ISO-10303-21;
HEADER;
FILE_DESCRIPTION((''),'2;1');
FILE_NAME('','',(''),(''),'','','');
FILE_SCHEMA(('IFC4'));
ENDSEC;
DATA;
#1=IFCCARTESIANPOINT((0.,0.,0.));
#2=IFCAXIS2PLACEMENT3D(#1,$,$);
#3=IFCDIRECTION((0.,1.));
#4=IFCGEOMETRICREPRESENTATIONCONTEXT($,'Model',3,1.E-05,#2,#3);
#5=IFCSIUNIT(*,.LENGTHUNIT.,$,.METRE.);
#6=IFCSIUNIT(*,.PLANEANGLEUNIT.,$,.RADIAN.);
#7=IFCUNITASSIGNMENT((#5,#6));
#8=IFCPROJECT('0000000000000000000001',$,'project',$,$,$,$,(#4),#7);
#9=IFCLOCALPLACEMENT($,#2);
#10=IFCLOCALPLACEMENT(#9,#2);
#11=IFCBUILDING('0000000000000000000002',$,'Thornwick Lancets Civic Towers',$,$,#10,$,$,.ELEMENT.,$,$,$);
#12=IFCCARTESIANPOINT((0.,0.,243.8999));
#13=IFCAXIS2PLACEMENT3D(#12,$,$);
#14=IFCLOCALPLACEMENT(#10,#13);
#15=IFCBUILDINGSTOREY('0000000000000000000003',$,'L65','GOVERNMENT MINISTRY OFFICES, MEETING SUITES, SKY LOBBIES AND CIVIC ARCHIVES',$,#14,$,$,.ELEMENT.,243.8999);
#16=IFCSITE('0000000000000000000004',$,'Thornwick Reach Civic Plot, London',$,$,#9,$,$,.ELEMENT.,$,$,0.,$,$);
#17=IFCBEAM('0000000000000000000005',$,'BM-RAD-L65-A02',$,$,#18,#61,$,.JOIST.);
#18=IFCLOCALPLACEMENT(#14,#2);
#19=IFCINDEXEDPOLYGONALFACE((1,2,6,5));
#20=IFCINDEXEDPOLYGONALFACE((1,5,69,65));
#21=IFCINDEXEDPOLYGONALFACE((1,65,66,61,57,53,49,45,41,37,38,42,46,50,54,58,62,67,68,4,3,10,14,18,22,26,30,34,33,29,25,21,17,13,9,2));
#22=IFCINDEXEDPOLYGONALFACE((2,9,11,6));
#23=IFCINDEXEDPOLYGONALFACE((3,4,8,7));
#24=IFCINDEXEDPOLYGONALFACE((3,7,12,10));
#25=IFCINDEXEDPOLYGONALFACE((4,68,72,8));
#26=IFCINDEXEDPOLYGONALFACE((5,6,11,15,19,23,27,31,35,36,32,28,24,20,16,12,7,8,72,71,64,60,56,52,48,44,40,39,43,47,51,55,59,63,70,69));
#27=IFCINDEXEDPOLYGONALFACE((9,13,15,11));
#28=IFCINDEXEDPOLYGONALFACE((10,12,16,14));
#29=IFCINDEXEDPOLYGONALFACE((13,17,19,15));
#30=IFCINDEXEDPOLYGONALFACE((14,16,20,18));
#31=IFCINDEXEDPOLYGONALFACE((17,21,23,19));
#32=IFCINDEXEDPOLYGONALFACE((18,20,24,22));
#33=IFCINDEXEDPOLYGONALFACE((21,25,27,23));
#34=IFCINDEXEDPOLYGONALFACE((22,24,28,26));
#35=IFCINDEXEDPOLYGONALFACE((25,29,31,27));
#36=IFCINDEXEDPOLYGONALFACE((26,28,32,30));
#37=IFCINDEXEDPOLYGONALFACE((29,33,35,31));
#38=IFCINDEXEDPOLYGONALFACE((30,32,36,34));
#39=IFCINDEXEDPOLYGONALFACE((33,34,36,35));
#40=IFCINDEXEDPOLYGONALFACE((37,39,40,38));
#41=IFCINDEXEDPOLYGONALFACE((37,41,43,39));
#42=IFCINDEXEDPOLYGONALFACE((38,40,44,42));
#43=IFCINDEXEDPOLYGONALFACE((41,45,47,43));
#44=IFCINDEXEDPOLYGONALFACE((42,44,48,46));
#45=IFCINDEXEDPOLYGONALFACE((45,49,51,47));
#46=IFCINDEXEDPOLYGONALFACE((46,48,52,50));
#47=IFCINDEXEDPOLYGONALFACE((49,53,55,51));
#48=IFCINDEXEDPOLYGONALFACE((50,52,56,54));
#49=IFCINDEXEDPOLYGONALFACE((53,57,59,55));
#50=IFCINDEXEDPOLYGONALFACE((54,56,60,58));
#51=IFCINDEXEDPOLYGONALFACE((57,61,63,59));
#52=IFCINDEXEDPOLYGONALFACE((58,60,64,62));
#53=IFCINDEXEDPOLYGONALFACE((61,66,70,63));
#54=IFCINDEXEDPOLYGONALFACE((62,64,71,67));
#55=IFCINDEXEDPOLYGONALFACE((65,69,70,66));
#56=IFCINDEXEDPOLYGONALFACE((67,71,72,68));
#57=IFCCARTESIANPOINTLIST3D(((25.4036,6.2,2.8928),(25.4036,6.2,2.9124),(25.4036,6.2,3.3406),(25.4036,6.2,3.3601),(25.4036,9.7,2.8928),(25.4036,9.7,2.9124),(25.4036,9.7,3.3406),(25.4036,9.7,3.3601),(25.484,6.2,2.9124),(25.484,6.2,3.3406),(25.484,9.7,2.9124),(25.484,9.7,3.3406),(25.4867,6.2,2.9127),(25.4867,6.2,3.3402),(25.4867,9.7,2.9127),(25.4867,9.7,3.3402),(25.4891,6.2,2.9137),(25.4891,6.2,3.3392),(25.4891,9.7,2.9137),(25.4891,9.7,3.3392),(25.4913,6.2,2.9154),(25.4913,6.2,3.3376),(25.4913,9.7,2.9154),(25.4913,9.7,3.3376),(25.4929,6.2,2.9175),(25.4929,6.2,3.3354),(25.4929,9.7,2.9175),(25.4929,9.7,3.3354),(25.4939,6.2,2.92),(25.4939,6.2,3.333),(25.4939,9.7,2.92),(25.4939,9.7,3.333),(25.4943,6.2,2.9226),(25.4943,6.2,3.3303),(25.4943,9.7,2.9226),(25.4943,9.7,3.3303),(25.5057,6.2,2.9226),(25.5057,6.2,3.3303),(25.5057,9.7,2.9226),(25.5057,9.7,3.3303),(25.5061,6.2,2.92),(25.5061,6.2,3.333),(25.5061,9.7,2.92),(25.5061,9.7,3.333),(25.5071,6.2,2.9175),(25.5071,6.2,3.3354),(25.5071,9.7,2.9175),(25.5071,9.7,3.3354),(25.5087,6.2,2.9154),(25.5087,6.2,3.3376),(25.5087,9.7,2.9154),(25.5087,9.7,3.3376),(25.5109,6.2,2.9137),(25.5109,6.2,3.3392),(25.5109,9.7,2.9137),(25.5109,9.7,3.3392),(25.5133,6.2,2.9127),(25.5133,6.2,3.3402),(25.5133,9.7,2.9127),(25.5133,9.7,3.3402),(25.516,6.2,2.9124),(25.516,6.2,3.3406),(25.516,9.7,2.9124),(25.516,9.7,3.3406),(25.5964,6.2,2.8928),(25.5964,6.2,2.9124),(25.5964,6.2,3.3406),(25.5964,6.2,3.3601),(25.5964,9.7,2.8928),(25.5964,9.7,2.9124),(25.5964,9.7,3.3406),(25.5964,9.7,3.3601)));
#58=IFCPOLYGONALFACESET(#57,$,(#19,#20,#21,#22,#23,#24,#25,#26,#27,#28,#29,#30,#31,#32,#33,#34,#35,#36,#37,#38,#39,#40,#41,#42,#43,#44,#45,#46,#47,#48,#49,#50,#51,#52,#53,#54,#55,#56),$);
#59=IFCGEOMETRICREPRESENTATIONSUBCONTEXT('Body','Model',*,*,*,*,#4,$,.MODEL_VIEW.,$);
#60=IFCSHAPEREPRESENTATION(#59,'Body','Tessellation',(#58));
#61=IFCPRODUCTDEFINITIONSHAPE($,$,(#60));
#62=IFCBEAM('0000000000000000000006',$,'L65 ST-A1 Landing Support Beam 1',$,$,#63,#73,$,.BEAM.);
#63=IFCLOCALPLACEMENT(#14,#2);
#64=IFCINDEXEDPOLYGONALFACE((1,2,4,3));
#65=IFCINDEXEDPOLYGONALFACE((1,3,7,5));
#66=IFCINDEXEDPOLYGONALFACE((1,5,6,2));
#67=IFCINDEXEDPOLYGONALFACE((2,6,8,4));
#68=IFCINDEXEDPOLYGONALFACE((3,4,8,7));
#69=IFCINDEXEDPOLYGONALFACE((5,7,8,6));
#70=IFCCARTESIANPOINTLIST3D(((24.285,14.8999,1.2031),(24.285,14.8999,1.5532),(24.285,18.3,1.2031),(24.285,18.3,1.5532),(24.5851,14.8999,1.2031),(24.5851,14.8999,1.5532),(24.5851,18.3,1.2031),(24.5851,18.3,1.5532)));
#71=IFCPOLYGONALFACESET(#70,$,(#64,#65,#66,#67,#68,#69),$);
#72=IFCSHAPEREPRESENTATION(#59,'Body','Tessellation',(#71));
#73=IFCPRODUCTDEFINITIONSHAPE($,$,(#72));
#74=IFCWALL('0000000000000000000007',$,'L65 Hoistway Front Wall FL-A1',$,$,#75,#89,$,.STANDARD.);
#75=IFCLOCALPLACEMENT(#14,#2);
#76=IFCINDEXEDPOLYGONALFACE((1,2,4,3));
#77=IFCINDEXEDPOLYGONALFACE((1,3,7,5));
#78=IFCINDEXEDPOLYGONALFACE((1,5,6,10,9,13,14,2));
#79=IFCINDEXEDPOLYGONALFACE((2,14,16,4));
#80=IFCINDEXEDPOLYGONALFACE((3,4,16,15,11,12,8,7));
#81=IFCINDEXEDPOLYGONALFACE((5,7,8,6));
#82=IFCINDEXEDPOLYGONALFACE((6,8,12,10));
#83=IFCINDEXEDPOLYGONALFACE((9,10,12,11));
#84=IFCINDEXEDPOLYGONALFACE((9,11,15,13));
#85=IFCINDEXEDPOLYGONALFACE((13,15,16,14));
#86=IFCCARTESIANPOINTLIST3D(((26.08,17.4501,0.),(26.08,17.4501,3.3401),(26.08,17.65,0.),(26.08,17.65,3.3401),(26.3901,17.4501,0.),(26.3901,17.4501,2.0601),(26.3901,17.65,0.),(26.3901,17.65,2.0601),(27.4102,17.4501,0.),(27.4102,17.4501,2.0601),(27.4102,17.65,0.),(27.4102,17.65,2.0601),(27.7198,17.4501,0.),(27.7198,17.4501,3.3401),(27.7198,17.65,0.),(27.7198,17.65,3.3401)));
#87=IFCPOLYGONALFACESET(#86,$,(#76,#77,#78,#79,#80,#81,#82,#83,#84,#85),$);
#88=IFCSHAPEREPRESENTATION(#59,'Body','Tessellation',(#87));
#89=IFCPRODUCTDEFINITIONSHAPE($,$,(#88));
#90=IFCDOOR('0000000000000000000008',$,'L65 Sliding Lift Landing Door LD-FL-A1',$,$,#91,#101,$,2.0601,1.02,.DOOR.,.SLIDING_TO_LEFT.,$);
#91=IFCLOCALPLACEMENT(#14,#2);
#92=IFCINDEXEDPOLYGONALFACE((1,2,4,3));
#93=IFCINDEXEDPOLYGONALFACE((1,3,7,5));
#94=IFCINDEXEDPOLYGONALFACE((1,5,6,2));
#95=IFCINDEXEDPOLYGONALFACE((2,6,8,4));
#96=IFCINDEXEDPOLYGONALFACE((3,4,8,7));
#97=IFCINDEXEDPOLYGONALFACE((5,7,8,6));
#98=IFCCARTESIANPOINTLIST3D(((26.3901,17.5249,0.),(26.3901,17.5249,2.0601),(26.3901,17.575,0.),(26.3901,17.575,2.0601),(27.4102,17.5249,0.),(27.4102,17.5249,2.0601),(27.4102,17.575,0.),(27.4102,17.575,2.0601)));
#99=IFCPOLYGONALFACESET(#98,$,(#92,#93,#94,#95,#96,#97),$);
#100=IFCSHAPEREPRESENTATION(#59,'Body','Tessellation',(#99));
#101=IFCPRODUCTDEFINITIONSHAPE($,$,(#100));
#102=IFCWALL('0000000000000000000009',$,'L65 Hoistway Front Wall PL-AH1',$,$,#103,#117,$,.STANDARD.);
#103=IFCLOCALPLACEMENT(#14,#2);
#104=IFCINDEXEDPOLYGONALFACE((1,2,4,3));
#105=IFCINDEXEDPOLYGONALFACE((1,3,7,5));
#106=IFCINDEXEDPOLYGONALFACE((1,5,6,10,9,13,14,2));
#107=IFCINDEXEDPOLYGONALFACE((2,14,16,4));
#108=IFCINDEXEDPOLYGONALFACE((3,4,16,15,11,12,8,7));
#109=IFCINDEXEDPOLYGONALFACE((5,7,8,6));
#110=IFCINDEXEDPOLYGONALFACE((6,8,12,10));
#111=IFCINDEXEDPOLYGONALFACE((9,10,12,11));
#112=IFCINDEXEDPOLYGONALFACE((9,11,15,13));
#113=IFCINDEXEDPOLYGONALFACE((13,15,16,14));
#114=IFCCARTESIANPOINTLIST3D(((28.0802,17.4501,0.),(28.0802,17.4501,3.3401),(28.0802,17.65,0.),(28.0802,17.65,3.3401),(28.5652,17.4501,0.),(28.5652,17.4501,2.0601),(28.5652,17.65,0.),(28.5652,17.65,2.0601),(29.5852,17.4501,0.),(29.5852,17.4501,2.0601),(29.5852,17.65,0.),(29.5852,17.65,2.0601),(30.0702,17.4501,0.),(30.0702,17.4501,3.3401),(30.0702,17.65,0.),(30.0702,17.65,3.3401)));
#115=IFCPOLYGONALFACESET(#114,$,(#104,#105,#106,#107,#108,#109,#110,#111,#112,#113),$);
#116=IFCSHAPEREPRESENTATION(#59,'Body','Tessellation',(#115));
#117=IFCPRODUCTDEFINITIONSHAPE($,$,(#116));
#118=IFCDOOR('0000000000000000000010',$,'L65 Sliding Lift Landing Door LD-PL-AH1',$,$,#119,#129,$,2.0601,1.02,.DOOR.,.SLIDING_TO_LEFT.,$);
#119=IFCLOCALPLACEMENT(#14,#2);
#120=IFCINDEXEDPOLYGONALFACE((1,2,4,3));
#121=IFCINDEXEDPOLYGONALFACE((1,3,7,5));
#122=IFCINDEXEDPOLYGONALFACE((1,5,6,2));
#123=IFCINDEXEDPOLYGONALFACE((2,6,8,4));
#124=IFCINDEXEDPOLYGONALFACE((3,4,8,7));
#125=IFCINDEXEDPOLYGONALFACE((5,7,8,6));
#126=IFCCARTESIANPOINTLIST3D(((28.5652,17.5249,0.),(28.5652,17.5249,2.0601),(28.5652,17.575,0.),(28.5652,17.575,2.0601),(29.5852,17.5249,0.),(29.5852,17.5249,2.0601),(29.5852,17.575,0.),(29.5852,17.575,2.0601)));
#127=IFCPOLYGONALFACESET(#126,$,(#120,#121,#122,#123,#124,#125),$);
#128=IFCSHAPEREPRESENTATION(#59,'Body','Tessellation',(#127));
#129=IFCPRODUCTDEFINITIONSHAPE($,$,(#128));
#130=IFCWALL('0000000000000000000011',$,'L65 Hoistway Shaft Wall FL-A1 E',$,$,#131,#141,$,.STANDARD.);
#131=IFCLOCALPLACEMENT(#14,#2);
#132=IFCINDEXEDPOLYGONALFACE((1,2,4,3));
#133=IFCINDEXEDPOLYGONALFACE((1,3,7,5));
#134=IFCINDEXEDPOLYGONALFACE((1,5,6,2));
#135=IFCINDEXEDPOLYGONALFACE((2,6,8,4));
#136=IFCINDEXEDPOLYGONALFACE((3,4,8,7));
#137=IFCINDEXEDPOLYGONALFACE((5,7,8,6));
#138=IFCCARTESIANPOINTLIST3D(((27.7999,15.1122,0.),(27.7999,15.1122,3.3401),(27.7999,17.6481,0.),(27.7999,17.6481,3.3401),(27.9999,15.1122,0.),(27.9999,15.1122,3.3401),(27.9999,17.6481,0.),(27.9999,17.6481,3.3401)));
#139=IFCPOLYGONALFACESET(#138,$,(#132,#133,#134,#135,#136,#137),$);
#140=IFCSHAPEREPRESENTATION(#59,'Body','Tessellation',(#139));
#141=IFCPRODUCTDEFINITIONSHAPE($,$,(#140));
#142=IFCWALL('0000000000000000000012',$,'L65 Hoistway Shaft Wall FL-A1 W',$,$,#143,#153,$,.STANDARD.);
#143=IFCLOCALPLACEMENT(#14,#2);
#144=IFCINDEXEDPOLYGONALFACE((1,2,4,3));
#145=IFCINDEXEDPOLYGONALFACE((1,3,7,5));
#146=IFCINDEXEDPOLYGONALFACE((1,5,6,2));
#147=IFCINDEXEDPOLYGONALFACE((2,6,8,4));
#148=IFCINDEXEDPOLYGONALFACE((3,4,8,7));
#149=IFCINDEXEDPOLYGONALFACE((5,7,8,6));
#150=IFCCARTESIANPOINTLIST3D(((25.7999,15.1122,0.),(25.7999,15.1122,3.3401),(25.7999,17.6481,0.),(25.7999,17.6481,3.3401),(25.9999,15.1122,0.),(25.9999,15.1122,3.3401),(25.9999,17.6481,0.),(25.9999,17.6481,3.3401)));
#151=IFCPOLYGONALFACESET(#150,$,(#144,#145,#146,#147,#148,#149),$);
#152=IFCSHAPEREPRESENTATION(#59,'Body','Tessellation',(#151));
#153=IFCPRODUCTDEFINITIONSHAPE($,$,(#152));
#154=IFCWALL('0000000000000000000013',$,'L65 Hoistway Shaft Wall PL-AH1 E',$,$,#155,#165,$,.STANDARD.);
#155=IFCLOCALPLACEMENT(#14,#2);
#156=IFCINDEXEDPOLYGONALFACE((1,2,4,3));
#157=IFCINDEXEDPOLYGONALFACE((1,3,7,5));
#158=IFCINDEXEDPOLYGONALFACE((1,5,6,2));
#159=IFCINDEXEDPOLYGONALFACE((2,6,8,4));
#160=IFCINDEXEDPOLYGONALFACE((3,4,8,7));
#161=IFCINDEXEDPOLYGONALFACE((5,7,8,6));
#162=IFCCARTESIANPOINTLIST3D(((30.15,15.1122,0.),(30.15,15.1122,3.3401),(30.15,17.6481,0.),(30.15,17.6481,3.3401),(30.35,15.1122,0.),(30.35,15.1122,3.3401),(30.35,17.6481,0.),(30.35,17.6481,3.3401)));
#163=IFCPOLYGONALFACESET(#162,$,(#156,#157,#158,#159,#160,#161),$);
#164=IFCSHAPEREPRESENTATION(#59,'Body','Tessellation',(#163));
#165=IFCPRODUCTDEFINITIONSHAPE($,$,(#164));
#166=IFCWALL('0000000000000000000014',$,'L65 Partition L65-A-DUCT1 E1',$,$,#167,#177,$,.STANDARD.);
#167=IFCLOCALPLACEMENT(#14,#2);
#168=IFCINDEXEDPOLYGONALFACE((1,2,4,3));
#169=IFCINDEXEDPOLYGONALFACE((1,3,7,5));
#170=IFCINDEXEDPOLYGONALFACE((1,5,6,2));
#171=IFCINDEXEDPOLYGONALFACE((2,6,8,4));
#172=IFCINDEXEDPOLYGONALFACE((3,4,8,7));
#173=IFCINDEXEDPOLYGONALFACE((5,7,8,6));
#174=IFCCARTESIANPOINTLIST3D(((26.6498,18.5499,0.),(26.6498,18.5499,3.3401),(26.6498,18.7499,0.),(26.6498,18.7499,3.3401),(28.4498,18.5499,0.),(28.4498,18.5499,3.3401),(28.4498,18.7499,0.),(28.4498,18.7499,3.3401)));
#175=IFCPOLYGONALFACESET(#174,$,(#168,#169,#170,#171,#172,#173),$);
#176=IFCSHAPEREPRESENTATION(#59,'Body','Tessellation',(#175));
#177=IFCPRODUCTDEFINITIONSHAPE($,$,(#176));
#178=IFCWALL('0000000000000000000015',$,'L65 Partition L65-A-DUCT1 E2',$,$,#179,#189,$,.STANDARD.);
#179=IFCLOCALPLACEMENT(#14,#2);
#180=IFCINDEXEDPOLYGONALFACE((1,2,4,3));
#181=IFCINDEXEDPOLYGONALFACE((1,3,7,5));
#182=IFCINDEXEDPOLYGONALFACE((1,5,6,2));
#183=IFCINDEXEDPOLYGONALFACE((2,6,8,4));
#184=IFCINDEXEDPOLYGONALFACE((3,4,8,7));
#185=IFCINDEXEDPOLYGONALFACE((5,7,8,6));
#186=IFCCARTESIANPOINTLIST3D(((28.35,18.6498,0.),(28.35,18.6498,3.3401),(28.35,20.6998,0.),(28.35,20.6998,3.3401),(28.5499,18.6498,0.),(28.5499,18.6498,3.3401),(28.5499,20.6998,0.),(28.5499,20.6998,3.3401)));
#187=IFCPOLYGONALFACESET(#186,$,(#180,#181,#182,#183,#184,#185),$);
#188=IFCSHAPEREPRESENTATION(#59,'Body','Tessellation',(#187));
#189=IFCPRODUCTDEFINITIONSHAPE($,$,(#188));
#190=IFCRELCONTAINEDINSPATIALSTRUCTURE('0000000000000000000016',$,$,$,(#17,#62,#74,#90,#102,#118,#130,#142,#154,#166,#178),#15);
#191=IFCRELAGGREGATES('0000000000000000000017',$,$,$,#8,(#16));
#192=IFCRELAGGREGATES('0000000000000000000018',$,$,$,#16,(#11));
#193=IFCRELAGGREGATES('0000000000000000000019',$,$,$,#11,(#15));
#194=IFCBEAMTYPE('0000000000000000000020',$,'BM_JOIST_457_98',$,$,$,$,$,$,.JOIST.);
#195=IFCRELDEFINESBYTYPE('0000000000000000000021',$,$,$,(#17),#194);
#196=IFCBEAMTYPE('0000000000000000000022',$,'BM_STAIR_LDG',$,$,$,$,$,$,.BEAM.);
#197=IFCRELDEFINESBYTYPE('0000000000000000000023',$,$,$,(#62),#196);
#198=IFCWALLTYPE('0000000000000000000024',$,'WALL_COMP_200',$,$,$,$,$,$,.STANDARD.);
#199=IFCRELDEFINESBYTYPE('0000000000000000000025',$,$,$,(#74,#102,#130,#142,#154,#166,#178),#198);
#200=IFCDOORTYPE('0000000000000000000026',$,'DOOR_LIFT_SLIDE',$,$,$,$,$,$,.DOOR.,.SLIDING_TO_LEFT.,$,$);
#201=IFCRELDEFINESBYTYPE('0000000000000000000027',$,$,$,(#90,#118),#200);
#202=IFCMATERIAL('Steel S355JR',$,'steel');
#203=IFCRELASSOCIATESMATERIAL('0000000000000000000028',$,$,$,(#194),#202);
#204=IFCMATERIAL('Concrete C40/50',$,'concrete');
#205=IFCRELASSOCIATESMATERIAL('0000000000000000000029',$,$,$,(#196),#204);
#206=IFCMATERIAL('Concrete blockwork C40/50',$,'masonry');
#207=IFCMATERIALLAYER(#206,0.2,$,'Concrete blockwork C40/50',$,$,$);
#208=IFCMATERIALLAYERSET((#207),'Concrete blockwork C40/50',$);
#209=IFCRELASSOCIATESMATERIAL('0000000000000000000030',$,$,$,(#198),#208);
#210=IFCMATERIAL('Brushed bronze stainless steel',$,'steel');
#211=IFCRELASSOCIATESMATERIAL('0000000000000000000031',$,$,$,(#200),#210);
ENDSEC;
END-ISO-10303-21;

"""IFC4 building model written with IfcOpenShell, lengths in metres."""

from ifc_helpers import new_model, si_unit, direction, frame, frame_2d, origin, origin_2d, place, context, subcontext, project, spatial, rectangle, i_section, extrude, material, layer, layer_set, material_profile, profile_set, type_object, element, fill, save


model = new_model("IFC4")

# Units and contexts
model_context = context("Model", 3, precision=1e-05, world=origin(), true_north=direction((0.0, 1.0)))
body_context = subcontext(model_context, "Body", "Model", "MODEL_VIEW")
ifc_project = project(units=[si_unit("LENGTHUNIT", "METRE"), si_unit("PLANEANGLEUNIT", "RADIAN")], contexts=[model_context])

# Site, building, storey
site_placement = place(None, origin())
site = spatial("IfcSite", under=ifc_project, at=site_placement, Name="Thornwick Reach Civic Plot, London", CompositionType="ELEMENT", RefElevation=0.0)
building_placement = place(site_placement, origin())
building = spatial("IfcBuilding", under=site, at=building_placement, Name="Thornwick Lancets Civic Towers", CompositionType="ELEMENT")
storey_placement = place(building_placement, frame((0.0, 0.0, 243.8999)))
storey = spatial("IfcBuildingStorey", under=building, at=storey_placement, Name="L65", Description="GOVERNMENT MINISTRY OFFICES, MEETING SUITES, SKY LOBBIES AND CIVIC ARCHIVES", CompositionType="ELEMENT", Elevation=243.8999)

# Shared definitions
ifc_material_1 = material(Name="Steel S355JR", Category="steel")

# Beams
ifc_material_profile_1 = material_profile(ifc_material_1, i_section(OverallWidth=0.1929, OverallDepth=0.4673, WebThickness=0.0115, FlangeThickness=0.0195, FilletRadius=0.0103, at=origin_2d()), Name="UKB 457x191x98")
ifc_profile_set_1 = profile_set([ifc_material_profile_1], Name="Steel S355JR")
beam_type_1 = type_object("IfcBeamType", Name="BM_JOIST_457_98", PredefinedType="JOIST", material=ifc_profile_set_1)
beam_1_placement = place(storey_placement, frame((25.5, 9.7, 3.1265), z_axis=(0.0, -1.0, 0.0), x_axis=(1.0, 0.0, 0.0)))
element("IfcBeam", 1, at=beam_1_placement, inside=storey, type_object=beam_type_1, Name="BM-RAD-L65-A02", PredefinedType="JOIST", context=body_context, shape_type="SweptSolid", body=[
    extrude(i_section(OverallWidth=0.1929, OverallDepth=0.4673, WebThickness=0.0115, FlangeThickness=0.0195, FilletRadius=0.0103, at=origin_2d()), origin(), (0.0, 0.0, 1.0), 3.5),
])
ifc_material_2 = material(Name="Concrete C40/50", Category="concrete")
ifc_material_profile_2 = material_profile(ifc_material_2, rectangle(XDim=0.3, YDim=0.3501, at=origin_2d()), Name="RC 300x350")
ifc_profile_set_2 = profile_set([ifc_material_profile_2], Name="Concrete C40/50")
beam_type_2 = type_object("IfcBeamType", Name="BM_STAIR_LDG", PredefinedType="BEAM", material=ifc_profile_set_2)
beam_2_placement = place(storey_placement, frame((24.4351, 14.8999, 1.3782), z_axis=(0.0, 1.0, 0.0), x_axis=(-1.0, 0.0, 0.0)))
element("IfcBeam", 2, at=beam_2_placement, inside=storey, type_object=beam_type_2, Name="L65 ST-A1 Landing Support Beam 1", PredefinedType="BEAM", context=body_context, shape_type="SweptSolid", body=[
    extrude(rectangle(XDim=0.3, YDim=0.3501, at=origin_2d()), origin(), (0.0, 0.0, 1.0), 3.4001),
])

# Walls, openings, doors
ifc_material_3 = material(Name="Concrete blockwork C40/50", Category="masonry")
ifc_layer_1 = layer(ifc_material_3, 0.2, Name="Concrete blockwork C40/50")
ifc_layer_set_1 = layer_set([ifc_layer_1], Name="Concrete blockwork C40/50")
wall_type_1 = type_object("IfcWallType", Name="WALL_COMP_200", PredefinedType="STANDARD", material=ifc_layer_set_1)
wall_1_placement = place(storey_placement, frame((26.0801, 17.55, 0.0), z_axis=(0.0, 0.0, 1.0), x_axis=(1.0, 0.0, 0.0)))
wall_1 = element("IfcWall", 3, at=wall_1_placement, inside=storey, type_object=wall_type_1, Name="L65 Hoistway Front Wall FL-A1", PredefinedType="STANDARD", context=body_context, shape_type="SweptSolid", body=[
    extrude(rectangle(XDim=1.6399, YDim=0.2, at=frame_2d((0.8198, 0.0))), origin(), (0.0, 0.0, 1.0), 3.3401),
])
opening_1_placement = place(wall_1_placement, frame((0.3101, 0.0, 0.0)))
opening_1 = element("IfcOpeningElement", 4, at=opening_1_placement, cuts=wall_1, PredefinedType="OPENING", context=body_context, shape_type="SweptSolid", body=[
    extrude(rectangle(XDim=1.02, YDim=2.0601, at=frame_2d((0.51, 1.03))), frame((0.0, 0.1099, 0.0), z_axis=(0.0, -1.0, 0.0), x_axis=(1.0, 0.0, 0.0)), (0.0, 0.0, 1.0), 0.22),
])
ifc_material_4 = material(Name="Brushed bronze stainless steel", Category="steel")
door_type_1 = type_object("IfcDoorType", Name="DOOR_LIFT_SLIDE", OperationType="SLIDING_TO_LEFT", PredefinedType="DOOR", material=ifc_material_4)
door_1_placement = place(opening_1_placement, origin())
door_1 = element("IfcDoor", 5, at=door_1_placement, inside=storey, type_object=door_type_1, Name="L65 Sliding Lift Landing Door LD-FL-A1", OperationType="SLIDING_TO_LEFT", OverallHeight=2.0601, OverallWidth=1.02, PredefinedType="DOOR", context=body_context, shape_type="SweptSolid", body=[
    extrude(rectangle(XDim=1.02, YDim=2.0601, at=frame_2d((0.51, 1.03))), frame((0.0, 0.0249, 0.0), z_axis=(0.0, -1.0, 0.0), x_axis=(1.0, 0.0, 0.0)), (0.0, 0.0, 1.0), 0.05),
])
fill(opening_1, door_1)
wall_2_placement = place(storey_placement, frame((28.0801, 17.55, 0.0), z_axis=(0.0, 0.0, 1.0), x_axis=(1.0, 0.0, 0.0)))
wall_2 = element("IfcWall", 6, at=wall_2_placement, inside=storey, type_object=wall_type_1, Name="L65 Hoistway Front Wall PL-AH1", PredefinedType="STANDARD", context=body_context, shape_type="SweptSolid", body=[
    extrude(rectangle(XDim=1.99, YDim=0.2, at=frame_2d((0.9951, 0.0))), origin(), (0.0, 0.0, 1.0), 3.3401),
])
opening_2_placement = place(wall_2_placement, frame((0.4851, 0.0, 0.0)))
opening_2 = element("IfcOpeningElement", 7, at=opening_2_placement, cuts=wall_2, PredefinedType="OPENING", context=body_context, shape_type="SweptSolid", body=[
    extrude(rectangle(XDim=1.02, YDim=2.0601, at=frame_2d((0.51, 1.03))), frame((0.0, 0.1099, 0.0), z_axis=(0.0, -1.0, 0.0), x_axis=(1.0, 0.0, 0.0)), (0.0, 0.0, 1.0), 0.22),
])
door_2_placement = place(opening_2_placement, origin())
door_2 = element("IfcDoor", 8, at=door_2_placement, inside=storey, type_object=door_type_1, Name="L65 Sliding Lift Landing Door LD-PL-AH1", OperationType="SLIDING_TO_LEFT", OverallHeight=2.0601, OverallWidth=1.02, PredefinedType="DOOR", context=body_context, shape_type="SweptSolid", body=[
    extrude(rectangle(XDim=1.02, YDim=2.0601, at=frame_2d((0.51, 1.03))), frame((0.0, 0.0249, 0.0), z_axis=(0.0, -1.0, 0.0), x_axis=(1.0, 0.0, 0.0)), (0.0, 0.0, 1.0), 0.05),
])
fill(opening_2, door_2)

# Walls
for number, where, z_axis, x_axis, name in (
    (9, (27.8999, 15.1121, 0.0), (0.0, 0.0, 1.0), (0.0, 1.0, 0.0), "L65 Hoistway Shaft Wall FL-A1 E"),
    (10, (25.8999, 15.1121, 0.0), (0.0, 0.0, 1.0), (0.0, 1.0, 0.0), "L65 Hoistway Shaft Wall FL-A1 W"),
    (11, (30.25, 15.1121, 0.0), (0.0, 0.0, 1.0), (0.0, 1.0, 0.0), "L65 Hoistway Shaft Wall PL-AH1 E"),
):
    element("IfcWall", number, at=place(storey_placement, frame(where, z_axis=z_axis, x_axis=x_axis)), inside=storey, type_object=wall_type_1, Name=name, PredefinedType="STANDARD", context=body_context, shape_type="SweptSolid", body=[
        extrude(rectangle(XDim=2.5359, YDim=0.2, at=frame_2d((1.2681, 0.0))), origin(), (0.0, 0.0, 1.0), 3.3401),
    ])
wall_3_placement = place(storey_placement, frame((26.6499, 18.6499, 0.0), z_axis=(0.0, 0.0, 1.0), x_axis=(1.0, 0.0, 0.0)))
element("IfcWall", 12, at=wall_3_placement, inside=storey, type_object=wall_type_1, Name="L65 Partition L65-A-DUCT1 E1", PredefinedType="STANDARD", context=body_context, shape_type="SweptSolid", body=[
    extrude(rectangle(XDim=1.8, YDim=0.2, at=frame_2d((0.8999, 0.0))), origin(), (0.0, 0.0, 1.0), 3.3401),
])
wall_4_placement = place(storey_placement, frame((28.45, 18.6499, 0.0), z_axis=(0.0, 0.0, 1.0), x_axis=(0.0, 1.0, 0.0)))
element("IfcWall", 13, at=wall_4_placement, inside=storey, type_object=wall_type_1, Name="L65 Partition L65-A-DUCT1 E2", PredefinedType="STANDARD", context=body_context, shape_type="SweptSolid", body=[
    extrude(rectangle(XDim=2.05, YDim=0.2, at=frame_2d((1.0249, 0.0))), origin(), (0.0, 0.0, 1.0), 3.3401),
])

save(model, "model.ifc")
